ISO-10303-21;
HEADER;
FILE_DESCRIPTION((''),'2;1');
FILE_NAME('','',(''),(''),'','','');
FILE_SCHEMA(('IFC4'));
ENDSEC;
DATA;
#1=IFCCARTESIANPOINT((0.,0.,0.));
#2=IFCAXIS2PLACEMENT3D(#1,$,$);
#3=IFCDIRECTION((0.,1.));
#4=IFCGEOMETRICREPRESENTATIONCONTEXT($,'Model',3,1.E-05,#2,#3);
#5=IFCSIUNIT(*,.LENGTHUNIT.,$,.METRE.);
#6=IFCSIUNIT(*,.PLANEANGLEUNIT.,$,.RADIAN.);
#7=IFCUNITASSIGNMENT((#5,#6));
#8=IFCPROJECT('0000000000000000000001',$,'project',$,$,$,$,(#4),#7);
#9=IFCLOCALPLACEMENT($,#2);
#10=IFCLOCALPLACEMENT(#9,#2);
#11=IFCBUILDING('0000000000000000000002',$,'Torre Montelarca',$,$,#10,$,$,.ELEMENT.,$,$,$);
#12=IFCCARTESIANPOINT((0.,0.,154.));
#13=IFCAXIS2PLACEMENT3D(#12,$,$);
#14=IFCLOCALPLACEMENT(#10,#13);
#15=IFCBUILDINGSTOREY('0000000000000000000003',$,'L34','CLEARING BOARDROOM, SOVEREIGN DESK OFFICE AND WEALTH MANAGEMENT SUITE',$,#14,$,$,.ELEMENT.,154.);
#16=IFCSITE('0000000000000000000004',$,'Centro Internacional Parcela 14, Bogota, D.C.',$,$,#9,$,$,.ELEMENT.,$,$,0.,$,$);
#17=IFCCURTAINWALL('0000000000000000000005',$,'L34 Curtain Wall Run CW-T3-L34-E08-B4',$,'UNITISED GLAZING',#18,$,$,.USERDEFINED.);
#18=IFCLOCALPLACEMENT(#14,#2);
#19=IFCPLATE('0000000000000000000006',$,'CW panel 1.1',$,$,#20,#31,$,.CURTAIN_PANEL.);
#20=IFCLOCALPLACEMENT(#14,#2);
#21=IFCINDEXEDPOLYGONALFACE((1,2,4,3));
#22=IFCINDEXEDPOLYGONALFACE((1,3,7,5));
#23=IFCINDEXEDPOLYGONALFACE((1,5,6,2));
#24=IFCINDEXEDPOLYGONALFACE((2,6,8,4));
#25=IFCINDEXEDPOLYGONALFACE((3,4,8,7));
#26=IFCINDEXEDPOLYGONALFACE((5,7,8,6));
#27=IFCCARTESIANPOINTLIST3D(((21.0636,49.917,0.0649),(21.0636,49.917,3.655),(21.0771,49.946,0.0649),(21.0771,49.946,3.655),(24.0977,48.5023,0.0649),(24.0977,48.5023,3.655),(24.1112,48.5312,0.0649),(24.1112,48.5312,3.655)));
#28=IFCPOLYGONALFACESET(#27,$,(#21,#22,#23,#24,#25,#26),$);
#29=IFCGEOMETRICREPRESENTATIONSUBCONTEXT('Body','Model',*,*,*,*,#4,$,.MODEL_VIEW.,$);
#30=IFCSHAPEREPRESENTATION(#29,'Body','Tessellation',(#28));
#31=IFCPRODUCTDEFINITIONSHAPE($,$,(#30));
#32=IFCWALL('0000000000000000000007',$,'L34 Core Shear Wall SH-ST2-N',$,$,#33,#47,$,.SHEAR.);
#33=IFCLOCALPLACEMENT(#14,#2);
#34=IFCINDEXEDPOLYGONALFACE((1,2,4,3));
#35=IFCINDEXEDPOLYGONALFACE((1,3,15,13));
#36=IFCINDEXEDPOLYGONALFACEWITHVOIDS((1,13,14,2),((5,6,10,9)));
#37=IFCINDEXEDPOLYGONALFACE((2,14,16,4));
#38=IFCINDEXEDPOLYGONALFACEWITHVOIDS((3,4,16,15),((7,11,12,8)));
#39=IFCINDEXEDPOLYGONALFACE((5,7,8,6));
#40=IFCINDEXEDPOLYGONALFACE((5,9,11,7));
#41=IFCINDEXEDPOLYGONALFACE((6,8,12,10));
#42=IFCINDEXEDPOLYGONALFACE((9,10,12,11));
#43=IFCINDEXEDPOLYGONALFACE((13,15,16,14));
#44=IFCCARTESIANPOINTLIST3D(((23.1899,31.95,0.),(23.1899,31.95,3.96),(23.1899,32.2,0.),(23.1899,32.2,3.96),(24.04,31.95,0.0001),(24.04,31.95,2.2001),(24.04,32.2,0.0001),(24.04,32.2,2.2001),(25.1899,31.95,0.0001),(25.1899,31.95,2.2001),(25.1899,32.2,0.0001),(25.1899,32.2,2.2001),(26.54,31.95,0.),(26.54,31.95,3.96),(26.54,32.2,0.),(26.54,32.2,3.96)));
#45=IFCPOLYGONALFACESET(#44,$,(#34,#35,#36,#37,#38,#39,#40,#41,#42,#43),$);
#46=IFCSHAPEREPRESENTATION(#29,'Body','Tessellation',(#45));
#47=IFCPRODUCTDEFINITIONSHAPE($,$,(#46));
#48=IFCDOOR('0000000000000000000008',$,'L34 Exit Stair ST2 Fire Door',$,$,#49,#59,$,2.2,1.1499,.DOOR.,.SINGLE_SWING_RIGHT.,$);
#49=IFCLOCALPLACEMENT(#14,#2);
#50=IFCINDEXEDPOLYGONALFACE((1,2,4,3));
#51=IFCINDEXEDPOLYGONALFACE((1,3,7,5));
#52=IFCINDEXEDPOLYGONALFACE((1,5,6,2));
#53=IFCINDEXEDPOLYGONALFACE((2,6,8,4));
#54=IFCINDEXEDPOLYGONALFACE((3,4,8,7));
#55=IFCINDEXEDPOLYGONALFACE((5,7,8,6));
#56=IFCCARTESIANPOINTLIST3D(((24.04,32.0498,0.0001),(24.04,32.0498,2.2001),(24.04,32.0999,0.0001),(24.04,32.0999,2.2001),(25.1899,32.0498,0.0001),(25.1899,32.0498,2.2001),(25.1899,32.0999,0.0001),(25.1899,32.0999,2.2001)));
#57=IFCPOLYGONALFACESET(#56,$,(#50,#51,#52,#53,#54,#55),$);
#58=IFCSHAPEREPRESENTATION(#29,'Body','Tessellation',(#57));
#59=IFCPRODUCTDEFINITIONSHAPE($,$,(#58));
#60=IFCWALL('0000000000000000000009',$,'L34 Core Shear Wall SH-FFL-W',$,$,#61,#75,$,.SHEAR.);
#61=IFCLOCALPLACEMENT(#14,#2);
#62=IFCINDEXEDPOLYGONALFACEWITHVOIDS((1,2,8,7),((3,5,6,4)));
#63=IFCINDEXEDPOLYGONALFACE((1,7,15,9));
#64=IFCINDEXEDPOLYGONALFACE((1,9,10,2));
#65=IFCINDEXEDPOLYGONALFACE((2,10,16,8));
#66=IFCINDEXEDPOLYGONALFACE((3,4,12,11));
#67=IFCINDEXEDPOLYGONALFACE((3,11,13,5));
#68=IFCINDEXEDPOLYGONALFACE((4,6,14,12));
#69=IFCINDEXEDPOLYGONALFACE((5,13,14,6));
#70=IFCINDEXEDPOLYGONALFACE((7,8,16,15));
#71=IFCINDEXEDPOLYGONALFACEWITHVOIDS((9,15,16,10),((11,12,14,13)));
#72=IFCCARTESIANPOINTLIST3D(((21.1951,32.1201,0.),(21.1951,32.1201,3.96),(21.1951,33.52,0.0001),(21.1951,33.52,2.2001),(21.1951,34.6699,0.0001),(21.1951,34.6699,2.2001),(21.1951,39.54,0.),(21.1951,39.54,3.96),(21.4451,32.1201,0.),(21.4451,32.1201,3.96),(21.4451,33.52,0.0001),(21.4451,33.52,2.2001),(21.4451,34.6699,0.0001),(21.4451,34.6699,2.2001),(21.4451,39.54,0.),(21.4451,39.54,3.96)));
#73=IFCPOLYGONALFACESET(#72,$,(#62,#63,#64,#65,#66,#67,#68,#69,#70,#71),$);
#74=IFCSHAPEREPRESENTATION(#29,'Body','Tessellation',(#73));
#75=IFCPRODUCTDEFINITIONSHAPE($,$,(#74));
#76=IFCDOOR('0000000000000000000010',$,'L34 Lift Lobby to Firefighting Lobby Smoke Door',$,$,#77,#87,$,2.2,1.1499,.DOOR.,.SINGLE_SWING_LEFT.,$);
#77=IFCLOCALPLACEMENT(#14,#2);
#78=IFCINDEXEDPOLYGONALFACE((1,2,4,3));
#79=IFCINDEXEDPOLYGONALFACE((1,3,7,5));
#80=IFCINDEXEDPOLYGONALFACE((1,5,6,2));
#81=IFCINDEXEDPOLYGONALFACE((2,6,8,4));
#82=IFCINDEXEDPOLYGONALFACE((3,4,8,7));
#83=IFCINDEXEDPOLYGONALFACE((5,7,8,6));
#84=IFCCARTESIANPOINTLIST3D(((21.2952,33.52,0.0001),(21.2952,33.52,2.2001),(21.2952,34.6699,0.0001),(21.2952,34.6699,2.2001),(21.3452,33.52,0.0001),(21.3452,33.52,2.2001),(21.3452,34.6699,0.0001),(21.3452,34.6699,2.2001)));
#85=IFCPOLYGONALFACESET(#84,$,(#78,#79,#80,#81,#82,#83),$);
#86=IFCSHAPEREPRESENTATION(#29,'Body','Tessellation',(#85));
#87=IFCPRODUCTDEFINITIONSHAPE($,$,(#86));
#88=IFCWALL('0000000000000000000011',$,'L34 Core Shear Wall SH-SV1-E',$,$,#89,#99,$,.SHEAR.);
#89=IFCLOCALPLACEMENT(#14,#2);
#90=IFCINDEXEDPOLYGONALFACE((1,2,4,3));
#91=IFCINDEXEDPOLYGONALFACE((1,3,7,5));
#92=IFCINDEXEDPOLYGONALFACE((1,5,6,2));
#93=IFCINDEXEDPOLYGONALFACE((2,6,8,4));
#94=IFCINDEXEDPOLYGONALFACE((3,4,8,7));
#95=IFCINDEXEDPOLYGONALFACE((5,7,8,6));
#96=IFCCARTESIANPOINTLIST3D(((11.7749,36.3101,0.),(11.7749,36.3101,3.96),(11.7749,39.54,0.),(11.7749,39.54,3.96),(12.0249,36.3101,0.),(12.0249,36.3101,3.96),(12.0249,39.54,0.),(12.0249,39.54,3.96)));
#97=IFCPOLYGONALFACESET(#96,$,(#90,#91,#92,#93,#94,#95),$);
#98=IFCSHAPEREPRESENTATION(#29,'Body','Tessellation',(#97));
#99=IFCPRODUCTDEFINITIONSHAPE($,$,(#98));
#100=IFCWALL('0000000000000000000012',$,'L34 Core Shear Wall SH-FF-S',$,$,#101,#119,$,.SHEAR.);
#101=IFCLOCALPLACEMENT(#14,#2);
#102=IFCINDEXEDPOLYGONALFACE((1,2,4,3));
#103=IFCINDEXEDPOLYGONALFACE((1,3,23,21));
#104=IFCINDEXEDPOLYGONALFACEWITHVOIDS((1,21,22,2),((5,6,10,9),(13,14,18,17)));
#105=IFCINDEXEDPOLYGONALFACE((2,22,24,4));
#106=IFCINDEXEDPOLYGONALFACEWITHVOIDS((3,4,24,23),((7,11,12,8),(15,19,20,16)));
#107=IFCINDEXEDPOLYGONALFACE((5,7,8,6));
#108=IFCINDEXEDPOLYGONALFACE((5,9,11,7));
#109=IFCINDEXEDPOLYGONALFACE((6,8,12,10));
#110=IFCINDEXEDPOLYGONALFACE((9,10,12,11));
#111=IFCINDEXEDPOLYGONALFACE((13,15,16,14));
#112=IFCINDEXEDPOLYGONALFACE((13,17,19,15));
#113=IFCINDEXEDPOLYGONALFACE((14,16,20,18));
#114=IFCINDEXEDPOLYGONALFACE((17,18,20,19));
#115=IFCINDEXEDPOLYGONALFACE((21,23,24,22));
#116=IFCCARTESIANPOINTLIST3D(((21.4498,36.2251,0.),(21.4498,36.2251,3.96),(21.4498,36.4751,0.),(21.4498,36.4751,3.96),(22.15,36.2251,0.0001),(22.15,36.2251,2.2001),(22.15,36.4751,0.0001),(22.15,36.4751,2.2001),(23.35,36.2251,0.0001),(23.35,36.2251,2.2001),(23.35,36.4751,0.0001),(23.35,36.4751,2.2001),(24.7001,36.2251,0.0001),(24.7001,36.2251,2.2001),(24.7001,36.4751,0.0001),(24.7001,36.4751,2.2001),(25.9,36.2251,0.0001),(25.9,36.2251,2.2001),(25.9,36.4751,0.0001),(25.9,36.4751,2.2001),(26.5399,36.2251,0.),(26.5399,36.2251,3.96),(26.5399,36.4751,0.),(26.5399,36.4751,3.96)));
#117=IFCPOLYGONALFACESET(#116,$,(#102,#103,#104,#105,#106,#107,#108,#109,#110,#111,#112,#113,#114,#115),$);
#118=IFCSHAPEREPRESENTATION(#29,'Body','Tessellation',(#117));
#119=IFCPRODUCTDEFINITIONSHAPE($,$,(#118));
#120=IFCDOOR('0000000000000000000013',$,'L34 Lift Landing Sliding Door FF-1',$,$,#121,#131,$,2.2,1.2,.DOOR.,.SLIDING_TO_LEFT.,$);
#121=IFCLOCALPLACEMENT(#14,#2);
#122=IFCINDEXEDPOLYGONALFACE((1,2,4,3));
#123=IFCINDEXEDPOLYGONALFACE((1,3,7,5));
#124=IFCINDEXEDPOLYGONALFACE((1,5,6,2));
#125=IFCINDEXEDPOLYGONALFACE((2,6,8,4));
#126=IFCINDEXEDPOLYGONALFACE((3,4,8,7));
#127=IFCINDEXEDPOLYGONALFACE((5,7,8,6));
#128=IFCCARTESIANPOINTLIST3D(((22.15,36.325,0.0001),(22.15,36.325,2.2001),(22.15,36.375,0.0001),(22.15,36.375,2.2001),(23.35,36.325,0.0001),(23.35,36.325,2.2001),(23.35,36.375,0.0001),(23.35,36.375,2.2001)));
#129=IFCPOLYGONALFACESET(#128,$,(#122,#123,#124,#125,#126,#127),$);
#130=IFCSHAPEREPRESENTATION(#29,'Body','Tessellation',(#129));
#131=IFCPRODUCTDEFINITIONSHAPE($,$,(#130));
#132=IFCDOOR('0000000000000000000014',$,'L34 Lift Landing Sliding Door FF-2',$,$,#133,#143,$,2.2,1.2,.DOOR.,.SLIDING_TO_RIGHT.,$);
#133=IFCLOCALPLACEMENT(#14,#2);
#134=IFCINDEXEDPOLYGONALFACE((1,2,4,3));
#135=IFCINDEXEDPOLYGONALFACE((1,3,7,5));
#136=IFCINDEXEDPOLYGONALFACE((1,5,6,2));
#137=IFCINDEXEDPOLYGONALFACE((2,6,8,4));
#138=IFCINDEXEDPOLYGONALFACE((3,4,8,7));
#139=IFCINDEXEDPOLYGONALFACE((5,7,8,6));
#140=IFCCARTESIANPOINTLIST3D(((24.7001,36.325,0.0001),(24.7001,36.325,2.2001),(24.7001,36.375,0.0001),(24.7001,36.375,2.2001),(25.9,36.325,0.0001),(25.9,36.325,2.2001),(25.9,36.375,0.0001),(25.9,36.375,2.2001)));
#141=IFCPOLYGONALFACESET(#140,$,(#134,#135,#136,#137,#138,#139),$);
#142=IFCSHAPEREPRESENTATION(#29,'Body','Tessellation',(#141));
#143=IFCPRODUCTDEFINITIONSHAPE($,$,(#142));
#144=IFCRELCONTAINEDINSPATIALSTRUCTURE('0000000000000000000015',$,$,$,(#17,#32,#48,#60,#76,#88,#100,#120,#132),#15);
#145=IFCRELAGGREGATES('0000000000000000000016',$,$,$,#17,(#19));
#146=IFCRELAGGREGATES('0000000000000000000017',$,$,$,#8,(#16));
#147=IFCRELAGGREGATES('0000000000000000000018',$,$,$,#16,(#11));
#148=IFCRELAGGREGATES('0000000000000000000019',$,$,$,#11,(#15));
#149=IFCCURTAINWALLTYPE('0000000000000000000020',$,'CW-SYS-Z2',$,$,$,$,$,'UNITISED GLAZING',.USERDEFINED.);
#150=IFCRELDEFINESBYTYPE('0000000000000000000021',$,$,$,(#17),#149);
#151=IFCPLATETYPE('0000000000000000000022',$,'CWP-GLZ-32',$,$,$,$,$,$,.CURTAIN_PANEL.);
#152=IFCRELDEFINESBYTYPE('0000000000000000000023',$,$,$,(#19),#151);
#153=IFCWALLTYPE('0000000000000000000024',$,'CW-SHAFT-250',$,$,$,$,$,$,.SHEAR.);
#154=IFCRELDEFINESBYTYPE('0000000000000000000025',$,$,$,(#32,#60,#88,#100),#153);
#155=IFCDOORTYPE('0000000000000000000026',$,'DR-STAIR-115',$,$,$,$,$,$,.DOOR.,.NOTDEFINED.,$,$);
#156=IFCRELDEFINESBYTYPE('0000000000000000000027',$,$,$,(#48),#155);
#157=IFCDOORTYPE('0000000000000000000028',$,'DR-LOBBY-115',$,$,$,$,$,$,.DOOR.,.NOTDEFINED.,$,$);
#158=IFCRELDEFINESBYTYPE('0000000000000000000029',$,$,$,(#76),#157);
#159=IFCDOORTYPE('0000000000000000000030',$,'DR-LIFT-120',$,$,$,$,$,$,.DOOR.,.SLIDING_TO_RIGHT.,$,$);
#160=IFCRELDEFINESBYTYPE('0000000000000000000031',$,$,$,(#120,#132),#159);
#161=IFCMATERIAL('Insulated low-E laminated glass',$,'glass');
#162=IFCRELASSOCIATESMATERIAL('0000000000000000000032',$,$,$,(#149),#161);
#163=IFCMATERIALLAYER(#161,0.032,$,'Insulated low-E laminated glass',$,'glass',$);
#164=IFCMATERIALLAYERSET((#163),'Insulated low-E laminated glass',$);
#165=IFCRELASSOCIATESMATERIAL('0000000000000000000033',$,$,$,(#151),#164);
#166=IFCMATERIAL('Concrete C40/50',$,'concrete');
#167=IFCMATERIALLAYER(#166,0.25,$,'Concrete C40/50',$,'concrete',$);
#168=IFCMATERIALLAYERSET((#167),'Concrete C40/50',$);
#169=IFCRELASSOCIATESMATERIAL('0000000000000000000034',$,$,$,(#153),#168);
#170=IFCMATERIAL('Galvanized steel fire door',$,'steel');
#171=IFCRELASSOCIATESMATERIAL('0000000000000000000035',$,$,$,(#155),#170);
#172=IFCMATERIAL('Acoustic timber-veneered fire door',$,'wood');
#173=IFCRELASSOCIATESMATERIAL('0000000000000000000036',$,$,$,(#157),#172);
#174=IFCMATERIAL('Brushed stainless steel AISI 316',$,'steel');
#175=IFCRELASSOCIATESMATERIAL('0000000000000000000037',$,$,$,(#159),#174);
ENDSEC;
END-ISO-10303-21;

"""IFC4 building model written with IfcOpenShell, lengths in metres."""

from ifc_helpers import new_model, si_unit, direction, frame, frame_2d, origin, origin_2d, place, context, subcontext, project, spatial, rectangle, extrude, source, transform, mapped, material, layer, layer_set, type_object, element, fill, aggregate, save


model = new_model("IFC4")

# Units and contexts
model_context = context("Model", 3, precision=1e-05, world=origin(), true_north=direction((0.0, 1.0)))
body_context = subcontext(model_context, "Body", "Model", "MODEL_VIEW")
ifc_project = project(units=[si_unit("LENGTHUNIT", "METRE"), si_unit("PLANEANGLEUNIT", "RADIAN")], contexts=[model_context])

# Site, building, storey
site_placement = place(None, origin())
site = spatial("IfcSite", under=ifc_project, at=site_placement, Name="Centro Internacional Parcela 14, Bogota, D.C.", CompositionType="ELEMENT", RefElevation=0.0)
building_placement = place(site_placement, origin())
building = spatial("IfcBuilding", under=site, at=building_placement, Name="Torre Montelarca", CompositionType="ELEMENT")
storey_placement = place(building_placement, frame((0.0, 0.0, 154.0)))
storey = spatial("IfcBuildingStorey", under=building, at=storey_placement, Name="L34", Description="CLEARING BOARDROOM, SOVEREIGN DESK OFFICE AND WEALTH MANAGEMENT SUITE", CompositionType="ELEMENT", Elevation=154.0)

# Curtain wall, plate
ifc_material_1 = material(Name="Insulated low-E laminated glass", Category="glass")
curtain_wall_type = type_object("IfcCurtainWallType", Name="CW-SYS-Z2", ElementType="UNITISED GLAZING", PredefinedType="USERDEFINED", material=ifc_material_1)
curtain_wall_placement = place(storey_placement, origin())
curtain_wall = element("IfcCurtainWall", 1, at=curtain_wall_placement, inside=storey, type_object=curtain_wall_type, Name="L34 Curtain Wall Run CW-T3-L34-E08-B4", ObjectType="UNITISED GLAZING", PredefinedType="USERDEFINED")
ifc_layer_1 = layer(ifc_material_1, 0.032, Name="Insulated low-E laminated glass", Category="glass")
ifc_layer_set_1 = layer_set([ifc_layer_1], Name="Insulated low-E laminated glass")
plate_type = type_object("IfcPlateType", Name="CWP-GLZ-32", PredefinedType="CURTAIN_PANEL", material=ifc_layer_set_1)
shared_shape_1 = source(origin(), body_context, "Body", "SweptSolid", [
    extrude(rectangle(XDim=3.3477, YDim=0.032, at=origin_2d()), origin(), (0.0, 0.0, 1.0), 3.5901),
])
plate_placement = place(storey_placement, frame((22.5874, 49.2241, 0.0649), z_axis=(0.0, 0.0, 1.0), x_axis=(-0.906314, 0.422606, 0.0)))
plate = element("IfcPlate", 2, at=plate_placement, type_object=plate_type, Name="CW panel 1.1", PredefinedType="CURTAIN_PANEL", context=body_context, shape_type="MappedRepresentation", body=[
    mapped(shared_shape_1, transform((0.0, 0.0, 0.0), scale=1.0)),
])
aggregate(curtain_wall, [plate])

# Walls, openings, doors
ifc_material_2 = material(Name="Concrete C40/50", Category="concrete")
ifc_layer_2 = layer(ifc_material_2, 0.25, Name="Concrete C40/50", Category="concrete")
ifc_layer_set_2 = layer_set([ifc_layer_2], Name="Concrete C40/50")
wall_type_1 = type_object("IfcWallType", Name="CW-SHAFT-250", PredefinedType="SHEAR", material=ifc_layer_set_2)
wall_1_placement = place(storey_placement, frame((23.1899, 32.075, 0.0), z_axis=(0.0, 0.0, 1.0), x_axis=(1.0, 0.0, 0.0)))
wall_1 = element("IfcWall", 3, at=wall_1_placement, inside=storey, type_object=wall_type_1, Name="L34 Core Shear Wall SH-ST2-N", PredefinedType="SHEAR", context=body_context, shape_type="SweptSolid", body=[
    extrude(rectangle(XDim=3.3501, YDim=0.25, at=frame_2d((1.675, 0.0))), origin(), (0.0, 0.0, 1.0), 3.96),
])
opening_1_placement = place(wall_1_placement, frame((0.8501, 0.0, 0.0)))
opening_1 = element("IfcOpeningElement", 4, at=opening_1_placement, cuts=wall_1, PredefinedType="OPENING", context=body_context, shape_type="SweptSolid", body=[
    extrude(rectangle(XDim=1.1499, YDim=2.2, at=frame_2d((0.575, 1.1001))), frame((0.0, 0.135, 0.0), z_axis=(0.0, -1.0, 0.0), x_axis=(1.0, 0.0, 0.0)), (0.0, 0.0, 1.0), 0.27),
])
ifc_material_3 = material(Name="Galvanized steel fire door", Category="steel")
door_type_1 = type_object("IfcDoorType", Name="DR-STAIR-115", OperationType="NOTDEFINED", PredefinedType="DOOR", material=ifc_material_3)
shared_shape_2 = source(origin(), body_context, "Body", "SweptSolid", [
    extrude(rectangle(XDim=1.1499, YDim=2.2, at=frame_2d((0.575, 1.1001))), frame((0.0, 0.0249, 0.0), z_axis=(0.0, -1.0, 0.0), x_axis=(1.0, 0.0, 0.0)), (0.0, 0.0, 1.0), 0.05),
])
door_1_placement = place(opening_1_placement, origin())
door_1 = element("IfcDoor", 5, at=door_1_placement, inside=storey, type_object=door_type_1, Name="L34 Exit Stair ST2 Fire Door", OperationType="SINGLE_SWING_RIGHT", OverallHeight=2.2, OverallWidth=1.1499, PredefinedType="DOOR", context=body_context, shape_type="MappedRepresentation", body=[
    mapped(shared_shape_2, transform((0.0, 0.0, 0.0), scale=1.0)),
])
fill(opening_1, door_1)
wall_2_placement = place(storey_placement, frame((21.3201, 32.1201, 0.0), z_axis=(0.0, 0.0, 1.0), x_axis=(0.0, 1.0, 0.0)))
wall_2 = element("IfcWall", 6, at=wall_2_placement, inside=storey, type_object=wall_type_1, Name="L34 Core Shear Wall SH-FFL-W", PredefinedType="SHEAR", context=body_context, shape_type="SweptSolid", body=[
    extrude(rectangle(XDim=7.4199, YDim=0.25, at=frame_2d((3.71, 0.0))), origin(), (0.0, 0.0, 1.0), 3.96),
])
opening_2_placement = place(wall_2_placement, frame((1.3999, 0.0, 0.0)))
opening_2 = element("IfcOpeningElement", 7, at=opening_2_placement, cuts=wall_2, PredefinedType="OPENING", context=body_context, shape_type="SweptSolid", body=[
    extrude(rectangle(XDim=1.1499, YDim=2.2, at=frame_2d((0.575, 1.1001))), frame((0.0, 0.135, 0.0), z_axis=(0.0, -1.0, 0.0), x_axis=(1.0, 0.0, 0.0)), (0.0, 0.0, 1.0), 0.27),
])
ifc_material_4 = material(Name="Acoustic timber-veneered fire door", Category="wood")
door_type_2 = type_object("IfcDoorType", Name="DR-LOBBY-115", OperationType="NOTDEFINED", PredefinedType="DOOR", material=ifc_material_4)
shared_shape_3 = source(origin(), body_context, "Body", "SweptSolid", [
    extrude(rectangle(XDim=1.1499, YDim=2.2, at=frame_2d((0.575, 1.1001))), frame((0.0, 0.0249, 0.0), z_axis=(0.0, -1.0, 0.0), x_axis=(1.0, 0.0, 0.0)), (0.0, 0.0, 1.0), 0.05),
])
door_2_placement = place(opening_2_placement, origin())
door_2 = element("IfcDoor", 8, at=door_2_placement, inside=storey, type_object=door_type_2, Name="L34 Lift Lobby to Firefighting Lobby Smoke Door", OperationType="SINGLE_SWING_LEFT", OverallHeight=2.2, OverallWidth=1.1499, PredefinedType="DOOR", context=body_context, shape_type="MappedRepresentation", body=[
    mapped(shared_shape_3, transform((0.0, 0.0, 0.0), scale=1.0)),
])
fill(opening_2, door_2)

# Wall
wall_3_placement = place(storey_placement, frame((11.8999, 36.3101, 0.0), z_axis=(0.0, 0.0, 1.0), x_axis=(0.0, 1.0, 0.0)))
element("IfcWall", 9, at=wall_3_placement, inside=storey, type_object=wall_type_1, Name="L34 Core Shear Wall SH-SV1-E", PredefinedType="SHEAR", context=body_context, shape_type="SweptSolid", body=[
    extrude(rectangle(XDim=3.23, YDim=0.25, at=frame_2d((1.615, 0.0))), origin(), (0.0, 0.0, 1.0), 3.96),
])

# Wall, openings, doors
wall_4_placement = place(storey_placement, frame((21.45, 36.3501, 0.0), z_axis=(0.0, 0.0, 1.0), x_axis=(1.0, 0.0, 0.0)))
wall_4 = element("IfcWall", 10, at=wall_4_placement, inside=storey, type_object=wall_type_1, Name="L34 Core Shear Wall SH-FF-S", PredefinedType="SHEAR", context=body_context, shape_type="SweptSolid", body=[
    extrude(rectangle(XDim=5.0901, YDim=0.25, at=frame_2d((2.5449, 0.0))), origin(), (0.0, 0.0, 1.0), 3.96),
])
opening_3_placement = place(wall_4_placement, frame((0.7, 0.0, 0.0)))
opening_3 = element("IfcOpeningElement", 11, at=opening_3_placement, cuts=wall_4, PredefinedType="OPENING", context=body_context, shape_type="SweptSolid", body=[
    extrude(rectangle(XDim=1.2, YDim=2.2, at=frame_2d((0.6001, 1.1001))), frame((0.0, 0.135, 0.0), z_axis=(0.0, -1.0, 0.0), x_axis=(1.0, 0.0, 0.0)), (0.0, 0.0, 1.0), 0.27),
])
opening_4_placement = place(wall_4_placement, frame((3.25, 0.0, 0.0)))
opening_4 = element("IfcOpeningElement", 12, at=opening_4_placement, cuts=wall_4, PredefinedType="OPENING", context=body_context, shape_type="SweptSolid", body=[
    extrude(rectangle(XDim=1.2, YDim=2.2, at=frame_2d((0.6001, 1.1001))), frame((0.0, 0.135, 0.0), z_axis=(0.0, -1.0, 0.0), x_axis=(1.0, 0.0, 0.0)), (0.0, 0.0, 1.0), 0.27),
])
ifc_material_5 = material(Name="Brushed stainless steel AISI 316", Category="steel")
door_type_3 = type_object("IfcDoorType", Name="DR-LIFT-120", OperationType="SLIDING_TO_RIGHT", PredefinedType="DOOR", material=ifc_material_5)
shared_shape_4 = source(origin(), body_context, "Body", "SweptSolid", [
    extrude(rectangle(XDim=1.2, YDim=2.2, at=frame_2d((0.6001, 1.1001))), frame((0.0, 0.0249, 0.0), z_axis=(0.0, -1.0, 0.0), x_axis=(1.0, 0.0, 0.0)), (0.0, 0.0, 1.0), 0.05),
])
door_3_placement = place(opening_3_placement, origin())
door_3 = element("IfcDoor", 13, at=door_3_placement, inside=storey, type_object=door_type_3, Name="L34 Lift Landing Sliding Door FF-1", OperationType="SLIDING_TO_LEFT", OverallHeight=2.2, OverallWidth=1.2, PredefinedType="DOOR", context=body_context, shape_type="MappedRepresentation", body=[
    mapped(shared_shape_4, transform((0.0, 0.0, 0.0), scale=1.0)),
])
fill(opening_3, door_3)
door_4_placement = place(opening_4_placement, origin())
door_4 = element("IfcDoor", 14, at=door_4_placement, inside=storey, type_object=door_type_3, Name="L34 Lift Landing Sliding Door FF-2", OperationType="SLIDING_TO_RIGHT", OverallHeight=2.2, OverallWidth=1.2, PredefinedType="DOOR", context=body_context, shape_type="MappedRepresentation", body=[
    mapped(shared_shape_4, transform((0.0, 0.0, 0.0), scale=1.0)),
])
fill(opening_4, door_4)

save(model, "model.ifc")
